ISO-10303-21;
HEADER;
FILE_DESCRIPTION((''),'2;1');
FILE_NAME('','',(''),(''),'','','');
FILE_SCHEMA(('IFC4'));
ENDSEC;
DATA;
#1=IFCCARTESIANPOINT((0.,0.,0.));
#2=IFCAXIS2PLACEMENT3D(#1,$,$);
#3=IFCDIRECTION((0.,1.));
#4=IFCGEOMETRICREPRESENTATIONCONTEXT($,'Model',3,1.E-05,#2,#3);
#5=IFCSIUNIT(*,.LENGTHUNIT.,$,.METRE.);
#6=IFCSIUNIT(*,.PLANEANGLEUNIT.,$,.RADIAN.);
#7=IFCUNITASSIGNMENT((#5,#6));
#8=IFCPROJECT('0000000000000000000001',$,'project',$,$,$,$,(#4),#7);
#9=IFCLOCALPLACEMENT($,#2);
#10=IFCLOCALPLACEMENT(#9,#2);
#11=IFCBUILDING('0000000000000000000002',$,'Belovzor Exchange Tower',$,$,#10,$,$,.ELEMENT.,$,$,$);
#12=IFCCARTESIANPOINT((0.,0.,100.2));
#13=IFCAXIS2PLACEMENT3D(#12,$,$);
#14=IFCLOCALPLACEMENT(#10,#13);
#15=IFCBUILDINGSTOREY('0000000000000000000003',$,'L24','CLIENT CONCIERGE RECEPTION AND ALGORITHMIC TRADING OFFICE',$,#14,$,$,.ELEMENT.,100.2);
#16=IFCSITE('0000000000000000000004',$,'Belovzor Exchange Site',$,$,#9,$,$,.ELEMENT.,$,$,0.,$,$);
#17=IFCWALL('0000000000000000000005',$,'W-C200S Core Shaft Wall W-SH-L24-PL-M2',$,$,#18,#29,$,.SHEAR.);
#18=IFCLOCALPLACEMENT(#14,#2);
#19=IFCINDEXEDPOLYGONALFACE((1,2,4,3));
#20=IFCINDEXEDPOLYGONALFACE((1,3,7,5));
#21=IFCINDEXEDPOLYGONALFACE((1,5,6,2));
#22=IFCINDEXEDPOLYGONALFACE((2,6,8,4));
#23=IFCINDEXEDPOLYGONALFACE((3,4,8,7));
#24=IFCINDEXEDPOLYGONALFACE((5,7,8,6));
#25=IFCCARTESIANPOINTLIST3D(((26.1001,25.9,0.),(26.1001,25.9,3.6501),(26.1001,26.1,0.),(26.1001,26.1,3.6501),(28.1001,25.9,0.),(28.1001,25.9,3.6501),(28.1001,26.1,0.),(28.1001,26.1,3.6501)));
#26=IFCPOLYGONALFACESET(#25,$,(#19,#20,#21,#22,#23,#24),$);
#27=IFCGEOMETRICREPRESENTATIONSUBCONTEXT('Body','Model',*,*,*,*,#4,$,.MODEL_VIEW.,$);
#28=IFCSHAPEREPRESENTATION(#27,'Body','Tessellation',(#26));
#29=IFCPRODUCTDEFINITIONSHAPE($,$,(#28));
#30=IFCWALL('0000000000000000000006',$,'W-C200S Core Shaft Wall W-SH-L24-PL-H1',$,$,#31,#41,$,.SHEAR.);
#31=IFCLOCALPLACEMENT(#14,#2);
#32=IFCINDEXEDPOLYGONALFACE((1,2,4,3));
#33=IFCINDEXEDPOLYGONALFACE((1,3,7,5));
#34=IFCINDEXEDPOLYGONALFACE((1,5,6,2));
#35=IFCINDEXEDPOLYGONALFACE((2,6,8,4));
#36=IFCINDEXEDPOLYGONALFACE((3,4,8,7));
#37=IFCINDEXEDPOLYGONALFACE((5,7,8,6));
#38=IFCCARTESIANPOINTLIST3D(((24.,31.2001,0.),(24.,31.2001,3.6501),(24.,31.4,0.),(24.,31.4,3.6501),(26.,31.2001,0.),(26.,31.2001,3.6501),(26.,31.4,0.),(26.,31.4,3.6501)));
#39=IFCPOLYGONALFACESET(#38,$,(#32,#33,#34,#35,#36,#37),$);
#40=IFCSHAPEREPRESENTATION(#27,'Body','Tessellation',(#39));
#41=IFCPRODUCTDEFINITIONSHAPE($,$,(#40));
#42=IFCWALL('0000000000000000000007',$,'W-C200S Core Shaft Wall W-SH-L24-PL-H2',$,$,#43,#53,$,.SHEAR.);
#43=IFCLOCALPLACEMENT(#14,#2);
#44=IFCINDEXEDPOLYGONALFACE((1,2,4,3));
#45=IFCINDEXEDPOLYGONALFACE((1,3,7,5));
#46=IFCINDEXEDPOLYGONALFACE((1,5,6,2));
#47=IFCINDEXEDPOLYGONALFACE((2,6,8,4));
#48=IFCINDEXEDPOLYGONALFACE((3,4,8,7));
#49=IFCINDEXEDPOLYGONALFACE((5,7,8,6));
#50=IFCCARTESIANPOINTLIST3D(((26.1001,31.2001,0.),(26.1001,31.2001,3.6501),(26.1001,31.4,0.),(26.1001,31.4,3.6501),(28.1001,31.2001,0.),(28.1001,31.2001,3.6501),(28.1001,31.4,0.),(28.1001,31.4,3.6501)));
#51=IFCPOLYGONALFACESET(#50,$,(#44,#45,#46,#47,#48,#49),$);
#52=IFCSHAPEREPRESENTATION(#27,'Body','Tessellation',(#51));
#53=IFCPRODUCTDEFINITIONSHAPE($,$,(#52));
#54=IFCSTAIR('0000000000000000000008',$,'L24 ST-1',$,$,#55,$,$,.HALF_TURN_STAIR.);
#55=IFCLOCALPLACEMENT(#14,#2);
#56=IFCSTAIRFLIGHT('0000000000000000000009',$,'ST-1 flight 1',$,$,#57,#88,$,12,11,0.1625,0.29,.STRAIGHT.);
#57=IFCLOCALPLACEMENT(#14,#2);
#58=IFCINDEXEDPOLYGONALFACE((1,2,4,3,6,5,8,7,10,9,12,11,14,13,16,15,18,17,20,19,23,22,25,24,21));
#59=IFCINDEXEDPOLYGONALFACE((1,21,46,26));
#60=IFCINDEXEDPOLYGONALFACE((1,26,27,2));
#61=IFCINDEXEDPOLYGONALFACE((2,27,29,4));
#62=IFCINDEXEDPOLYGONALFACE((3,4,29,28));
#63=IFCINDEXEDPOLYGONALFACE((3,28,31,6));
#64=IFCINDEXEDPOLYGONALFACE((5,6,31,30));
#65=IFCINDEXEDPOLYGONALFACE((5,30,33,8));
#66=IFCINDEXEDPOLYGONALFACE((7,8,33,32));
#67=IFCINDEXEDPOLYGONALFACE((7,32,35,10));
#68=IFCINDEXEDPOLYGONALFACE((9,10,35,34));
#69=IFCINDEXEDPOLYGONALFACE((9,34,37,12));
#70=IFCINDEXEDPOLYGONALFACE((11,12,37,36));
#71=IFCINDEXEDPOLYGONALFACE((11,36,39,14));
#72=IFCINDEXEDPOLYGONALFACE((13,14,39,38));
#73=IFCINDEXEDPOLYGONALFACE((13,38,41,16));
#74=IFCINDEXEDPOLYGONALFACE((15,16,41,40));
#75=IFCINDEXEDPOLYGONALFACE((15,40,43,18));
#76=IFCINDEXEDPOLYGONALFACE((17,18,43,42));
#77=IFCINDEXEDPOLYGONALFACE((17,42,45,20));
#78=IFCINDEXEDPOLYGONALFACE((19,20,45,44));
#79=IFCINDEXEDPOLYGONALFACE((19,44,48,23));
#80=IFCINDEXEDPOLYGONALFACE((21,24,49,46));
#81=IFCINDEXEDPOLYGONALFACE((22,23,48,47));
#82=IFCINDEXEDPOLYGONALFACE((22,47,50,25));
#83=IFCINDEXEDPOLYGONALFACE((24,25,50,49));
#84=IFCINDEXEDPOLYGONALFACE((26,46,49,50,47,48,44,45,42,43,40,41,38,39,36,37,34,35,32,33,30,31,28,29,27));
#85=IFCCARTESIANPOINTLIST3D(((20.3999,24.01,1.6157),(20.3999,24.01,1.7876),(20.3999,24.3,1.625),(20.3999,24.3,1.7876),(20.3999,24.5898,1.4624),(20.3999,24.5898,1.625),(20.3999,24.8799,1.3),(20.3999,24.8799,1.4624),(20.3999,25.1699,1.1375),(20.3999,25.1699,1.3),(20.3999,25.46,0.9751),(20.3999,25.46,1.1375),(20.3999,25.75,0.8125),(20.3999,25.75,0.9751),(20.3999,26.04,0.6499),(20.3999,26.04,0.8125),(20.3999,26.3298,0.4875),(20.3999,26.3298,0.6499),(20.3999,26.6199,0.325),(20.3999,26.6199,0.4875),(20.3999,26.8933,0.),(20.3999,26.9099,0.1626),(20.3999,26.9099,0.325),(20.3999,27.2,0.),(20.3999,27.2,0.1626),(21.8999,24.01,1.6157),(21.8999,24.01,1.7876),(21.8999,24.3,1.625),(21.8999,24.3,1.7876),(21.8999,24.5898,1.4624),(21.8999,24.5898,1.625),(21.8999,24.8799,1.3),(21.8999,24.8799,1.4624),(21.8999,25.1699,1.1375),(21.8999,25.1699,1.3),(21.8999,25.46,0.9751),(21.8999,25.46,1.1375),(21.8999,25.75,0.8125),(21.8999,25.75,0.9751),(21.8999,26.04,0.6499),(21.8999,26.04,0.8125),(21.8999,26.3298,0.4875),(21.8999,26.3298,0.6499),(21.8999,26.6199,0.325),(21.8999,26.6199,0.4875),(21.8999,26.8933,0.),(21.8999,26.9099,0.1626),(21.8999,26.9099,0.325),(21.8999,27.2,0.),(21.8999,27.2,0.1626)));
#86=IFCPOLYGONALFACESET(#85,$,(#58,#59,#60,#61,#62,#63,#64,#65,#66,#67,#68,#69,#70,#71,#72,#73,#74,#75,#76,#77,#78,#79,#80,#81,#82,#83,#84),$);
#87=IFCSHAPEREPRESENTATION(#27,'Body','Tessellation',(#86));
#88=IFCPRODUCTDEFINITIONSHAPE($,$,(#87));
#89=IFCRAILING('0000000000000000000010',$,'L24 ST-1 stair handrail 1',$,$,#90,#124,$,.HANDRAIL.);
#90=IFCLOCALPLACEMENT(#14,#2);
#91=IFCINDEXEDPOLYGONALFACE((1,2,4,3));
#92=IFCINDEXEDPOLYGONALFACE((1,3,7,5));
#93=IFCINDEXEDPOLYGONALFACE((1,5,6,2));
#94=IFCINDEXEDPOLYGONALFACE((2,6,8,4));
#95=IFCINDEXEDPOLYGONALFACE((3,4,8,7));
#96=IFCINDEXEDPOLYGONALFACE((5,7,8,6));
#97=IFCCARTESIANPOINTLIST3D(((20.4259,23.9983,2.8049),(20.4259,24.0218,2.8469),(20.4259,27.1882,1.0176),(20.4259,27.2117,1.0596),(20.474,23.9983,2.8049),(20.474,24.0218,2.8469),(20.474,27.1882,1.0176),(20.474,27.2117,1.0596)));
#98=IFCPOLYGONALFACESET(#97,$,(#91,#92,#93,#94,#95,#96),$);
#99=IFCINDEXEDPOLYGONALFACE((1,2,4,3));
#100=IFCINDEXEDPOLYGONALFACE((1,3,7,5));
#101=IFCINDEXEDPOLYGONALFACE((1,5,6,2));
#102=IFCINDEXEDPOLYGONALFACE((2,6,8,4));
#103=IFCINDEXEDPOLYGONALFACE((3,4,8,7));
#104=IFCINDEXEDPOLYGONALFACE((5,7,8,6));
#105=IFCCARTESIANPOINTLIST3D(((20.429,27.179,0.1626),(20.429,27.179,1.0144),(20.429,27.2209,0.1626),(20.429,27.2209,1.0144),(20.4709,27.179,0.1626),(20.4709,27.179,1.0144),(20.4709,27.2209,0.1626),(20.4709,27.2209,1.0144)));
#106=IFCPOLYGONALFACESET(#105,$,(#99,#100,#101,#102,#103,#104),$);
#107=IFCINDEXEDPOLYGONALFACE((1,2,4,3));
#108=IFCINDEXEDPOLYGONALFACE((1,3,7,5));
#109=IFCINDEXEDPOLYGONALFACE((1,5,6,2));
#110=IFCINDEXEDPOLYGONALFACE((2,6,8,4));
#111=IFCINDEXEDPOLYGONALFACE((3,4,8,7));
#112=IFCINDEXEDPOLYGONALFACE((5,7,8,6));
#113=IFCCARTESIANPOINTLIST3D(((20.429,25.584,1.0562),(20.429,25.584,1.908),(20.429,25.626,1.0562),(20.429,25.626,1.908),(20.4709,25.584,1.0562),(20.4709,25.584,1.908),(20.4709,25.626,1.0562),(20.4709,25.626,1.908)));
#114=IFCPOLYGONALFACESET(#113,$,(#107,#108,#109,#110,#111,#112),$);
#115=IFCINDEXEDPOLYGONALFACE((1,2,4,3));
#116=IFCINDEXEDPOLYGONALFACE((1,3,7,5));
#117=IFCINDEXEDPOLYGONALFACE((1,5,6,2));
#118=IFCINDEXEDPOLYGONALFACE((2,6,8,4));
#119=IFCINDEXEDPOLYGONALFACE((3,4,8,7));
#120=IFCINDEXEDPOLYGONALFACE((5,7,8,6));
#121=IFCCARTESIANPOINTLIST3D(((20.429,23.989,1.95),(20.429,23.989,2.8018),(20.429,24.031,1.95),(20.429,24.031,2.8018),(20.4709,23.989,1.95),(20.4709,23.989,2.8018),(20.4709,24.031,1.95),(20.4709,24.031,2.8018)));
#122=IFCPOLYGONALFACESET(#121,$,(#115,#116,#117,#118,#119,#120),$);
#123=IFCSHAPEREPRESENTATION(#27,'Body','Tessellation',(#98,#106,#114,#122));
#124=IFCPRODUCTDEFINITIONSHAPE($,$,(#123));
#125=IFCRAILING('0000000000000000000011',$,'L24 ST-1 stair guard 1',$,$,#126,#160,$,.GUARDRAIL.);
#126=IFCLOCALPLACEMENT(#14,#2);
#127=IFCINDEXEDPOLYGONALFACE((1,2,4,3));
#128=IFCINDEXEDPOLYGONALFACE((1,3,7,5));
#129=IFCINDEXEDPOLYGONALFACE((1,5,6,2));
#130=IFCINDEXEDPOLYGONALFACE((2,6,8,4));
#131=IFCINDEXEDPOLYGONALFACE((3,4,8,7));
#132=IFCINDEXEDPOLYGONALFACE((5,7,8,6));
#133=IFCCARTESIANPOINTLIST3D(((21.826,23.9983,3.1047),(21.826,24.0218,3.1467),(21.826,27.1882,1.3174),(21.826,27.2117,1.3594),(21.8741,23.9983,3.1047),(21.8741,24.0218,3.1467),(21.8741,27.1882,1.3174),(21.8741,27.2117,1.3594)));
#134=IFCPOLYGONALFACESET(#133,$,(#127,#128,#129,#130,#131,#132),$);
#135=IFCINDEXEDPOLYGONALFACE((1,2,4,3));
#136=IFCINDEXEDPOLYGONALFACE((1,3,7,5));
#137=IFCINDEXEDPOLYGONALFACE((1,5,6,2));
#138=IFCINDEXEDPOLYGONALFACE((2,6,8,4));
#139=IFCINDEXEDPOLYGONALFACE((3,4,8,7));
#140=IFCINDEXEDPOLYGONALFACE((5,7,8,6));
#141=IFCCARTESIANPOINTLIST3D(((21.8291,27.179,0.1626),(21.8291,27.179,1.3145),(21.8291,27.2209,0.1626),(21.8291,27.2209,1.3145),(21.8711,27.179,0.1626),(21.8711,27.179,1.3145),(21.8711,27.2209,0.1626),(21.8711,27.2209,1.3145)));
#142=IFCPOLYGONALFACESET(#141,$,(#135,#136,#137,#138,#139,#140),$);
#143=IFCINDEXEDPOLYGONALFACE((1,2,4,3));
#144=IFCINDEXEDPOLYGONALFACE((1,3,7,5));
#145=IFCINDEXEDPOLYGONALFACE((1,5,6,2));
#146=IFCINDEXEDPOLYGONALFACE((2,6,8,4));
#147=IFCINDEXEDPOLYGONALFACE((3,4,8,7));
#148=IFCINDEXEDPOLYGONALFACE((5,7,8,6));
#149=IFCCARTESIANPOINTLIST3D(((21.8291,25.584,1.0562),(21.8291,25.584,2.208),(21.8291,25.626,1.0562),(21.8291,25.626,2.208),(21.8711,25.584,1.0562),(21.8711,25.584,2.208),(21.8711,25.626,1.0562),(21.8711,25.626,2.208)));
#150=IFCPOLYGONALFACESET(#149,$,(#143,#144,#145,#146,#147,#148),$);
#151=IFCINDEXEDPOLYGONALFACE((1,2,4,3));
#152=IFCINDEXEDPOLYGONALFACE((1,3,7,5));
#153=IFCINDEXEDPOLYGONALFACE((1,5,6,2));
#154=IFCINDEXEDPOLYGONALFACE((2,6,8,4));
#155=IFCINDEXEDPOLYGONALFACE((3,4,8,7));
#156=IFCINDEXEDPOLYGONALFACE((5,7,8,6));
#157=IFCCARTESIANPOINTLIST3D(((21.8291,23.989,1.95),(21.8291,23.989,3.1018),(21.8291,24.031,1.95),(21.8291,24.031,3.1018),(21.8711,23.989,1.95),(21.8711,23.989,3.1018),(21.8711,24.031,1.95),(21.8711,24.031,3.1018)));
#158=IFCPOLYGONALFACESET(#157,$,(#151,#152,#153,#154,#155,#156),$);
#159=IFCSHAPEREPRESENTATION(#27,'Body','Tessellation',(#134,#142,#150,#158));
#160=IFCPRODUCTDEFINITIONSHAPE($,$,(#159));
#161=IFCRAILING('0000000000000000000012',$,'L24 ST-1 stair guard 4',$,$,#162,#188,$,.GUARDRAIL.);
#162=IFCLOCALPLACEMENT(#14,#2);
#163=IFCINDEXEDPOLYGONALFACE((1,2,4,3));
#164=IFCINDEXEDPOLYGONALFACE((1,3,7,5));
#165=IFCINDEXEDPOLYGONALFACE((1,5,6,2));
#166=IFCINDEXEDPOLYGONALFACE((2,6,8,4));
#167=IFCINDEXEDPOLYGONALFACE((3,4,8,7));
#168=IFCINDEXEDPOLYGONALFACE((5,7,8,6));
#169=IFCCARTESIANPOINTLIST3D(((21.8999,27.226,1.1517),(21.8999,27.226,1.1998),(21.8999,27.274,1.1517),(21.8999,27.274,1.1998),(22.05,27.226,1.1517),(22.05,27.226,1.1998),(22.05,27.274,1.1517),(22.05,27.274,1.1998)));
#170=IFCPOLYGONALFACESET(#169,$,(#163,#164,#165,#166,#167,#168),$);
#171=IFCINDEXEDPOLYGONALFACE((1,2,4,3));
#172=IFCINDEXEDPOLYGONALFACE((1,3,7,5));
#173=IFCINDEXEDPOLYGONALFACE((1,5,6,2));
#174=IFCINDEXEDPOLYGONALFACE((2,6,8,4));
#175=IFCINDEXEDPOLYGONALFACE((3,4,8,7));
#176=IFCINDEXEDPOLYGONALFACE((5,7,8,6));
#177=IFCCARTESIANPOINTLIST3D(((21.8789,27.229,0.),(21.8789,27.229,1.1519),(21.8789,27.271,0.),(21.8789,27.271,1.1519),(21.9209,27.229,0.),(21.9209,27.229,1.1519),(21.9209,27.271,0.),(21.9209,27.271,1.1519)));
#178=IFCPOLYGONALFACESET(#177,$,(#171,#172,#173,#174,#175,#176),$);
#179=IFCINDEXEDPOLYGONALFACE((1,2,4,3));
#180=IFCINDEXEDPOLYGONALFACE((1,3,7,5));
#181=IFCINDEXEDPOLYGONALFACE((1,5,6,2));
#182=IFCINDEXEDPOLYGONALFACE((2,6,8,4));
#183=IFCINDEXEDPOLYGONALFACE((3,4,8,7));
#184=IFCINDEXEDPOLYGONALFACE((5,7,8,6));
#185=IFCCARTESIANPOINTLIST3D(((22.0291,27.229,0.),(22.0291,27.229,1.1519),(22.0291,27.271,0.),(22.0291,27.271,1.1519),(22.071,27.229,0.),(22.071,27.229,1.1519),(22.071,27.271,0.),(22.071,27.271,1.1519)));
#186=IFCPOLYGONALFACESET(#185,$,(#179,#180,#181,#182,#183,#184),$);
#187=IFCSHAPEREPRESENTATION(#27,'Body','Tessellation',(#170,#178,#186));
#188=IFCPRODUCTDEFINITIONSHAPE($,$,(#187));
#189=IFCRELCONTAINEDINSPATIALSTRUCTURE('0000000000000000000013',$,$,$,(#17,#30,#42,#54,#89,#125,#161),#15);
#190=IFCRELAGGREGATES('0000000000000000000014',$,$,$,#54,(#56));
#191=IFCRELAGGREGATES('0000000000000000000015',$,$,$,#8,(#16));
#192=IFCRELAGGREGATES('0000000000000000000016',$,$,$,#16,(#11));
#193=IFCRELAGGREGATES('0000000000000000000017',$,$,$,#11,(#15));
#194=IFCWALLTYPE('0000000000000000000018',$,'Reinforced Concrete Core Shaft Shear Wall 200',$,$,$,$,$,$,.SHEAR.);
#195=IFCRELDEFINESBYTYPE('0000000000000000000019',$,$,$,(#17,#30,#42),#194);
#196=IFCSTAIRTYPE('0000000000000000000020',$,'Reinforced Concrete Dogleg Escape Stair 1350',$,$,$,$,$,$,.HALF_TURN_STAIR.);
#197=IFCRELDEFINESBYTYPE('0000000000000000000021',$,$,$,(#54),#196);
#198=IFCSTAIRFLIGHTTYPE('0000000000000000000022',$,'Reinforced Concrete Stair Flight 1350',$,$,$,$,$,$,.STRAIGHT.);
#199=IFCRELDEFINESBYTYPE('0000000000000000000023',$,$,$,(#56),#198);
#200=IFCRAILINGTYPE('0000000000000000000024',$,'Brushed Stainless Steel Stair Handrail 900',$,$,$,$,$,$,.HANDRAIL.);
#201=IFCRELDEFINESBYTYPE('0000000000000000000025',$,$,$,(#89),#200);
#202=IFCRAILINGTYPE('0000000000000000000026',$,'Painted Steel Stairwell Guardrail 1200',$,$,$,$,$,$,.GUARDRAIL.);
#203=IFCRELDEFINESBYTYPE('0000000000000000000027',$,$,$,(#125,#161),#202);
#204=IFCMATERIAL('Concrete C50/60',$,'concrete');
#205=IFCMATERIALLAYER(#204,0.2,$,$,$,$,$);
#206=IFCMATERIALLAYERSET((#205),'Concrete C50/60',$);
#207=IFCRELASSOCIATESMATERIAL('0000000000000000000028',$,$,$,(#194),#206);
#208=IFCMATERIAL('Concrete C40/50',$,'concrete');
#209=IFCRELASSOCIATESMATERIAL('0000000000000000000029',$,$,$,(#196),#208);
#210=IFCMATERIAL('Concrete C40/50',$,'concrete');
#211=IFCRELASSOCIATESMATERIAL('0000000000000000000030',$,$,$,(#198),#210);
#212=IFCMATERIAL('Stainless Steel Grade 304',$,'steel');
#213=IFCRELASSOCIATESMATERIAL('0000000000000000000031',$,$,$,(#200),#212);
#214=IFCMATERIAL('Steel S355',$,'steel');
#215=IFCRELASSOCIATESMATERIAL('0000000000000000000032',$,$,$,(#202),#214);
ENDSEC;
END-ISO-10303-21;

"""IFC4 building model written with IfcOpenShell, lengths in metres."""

from ifc_helpers import new_model, si_unit, direction, frame, frame_2d, origin, origin_2d, place, context, subcontext, project, spatial, polyline, rectangle, outline, extrude, material, layer, layer_set, type_object, element, aggregate, save


model = new_model("IFC4")

# Units and contexts
model_context = context("Model", 3, precision=1e-05, world=origin(), true_north=direction((0.0, 1.0)))
body_context = subcontext(model_context, "Body", "Model", "MODEL_VIEW")
ifc_project = project(units=[si_unit("LENGTHUNIT", "METRE"), si_unit("PLANEANGLEUNIT", "RADIAN")], contexts=[model_context])

# Site, building, storey
site_placement = place(None, origin())
site = spatial("IfcSite", under=ifc_project, at=site_placement, Name="Belovzor Exchange Site", CompositionType="ELEMENT", RefElevation=0.0)
building_placement = place(site_placement, origin())
building = spatial("IfcBuilding", under=site, at=building_placement, Name="Belovzor Exchange Tower", CompositionType="ELEMENT")
storey_placement = place(building_placement, frame((0.0, 0.0, 100.2)))
storey = spatial("IfcBuildingStorey", under=building, at=storey_placement, Name="L24", Description="CLIENT CONCIERGE RECEPTION AND ALGORITHMIC TRADING OFFICE", CompositionType="ELEMENT", Elevation=100.2)

# Shared definitions
ifc_material_1 = material(Name="Concrete C50/60", Category="concrete")
ifc_layer_1 = layer(ifc_material_1, 0.2)
ifc_layer_set_1 = layer_set([ifc_layer_1], Name="Concrete C50/60")
wall_type_1 = type_object("IfcWallType", Name="Reinforced Concrete Core Shaft Shear Wall 200", PredefinedType="SHEAR", material=ifc_layer_set_1)

# Walls
for number, where, z_axis, x_axis, name in (
    (1, (26.1001, 26.0, 0.0), (0.0, 0.0, 1.0), (1.0, 0.0, 0.0), "W-C200S Core Shaft Wall W-SH-L24-PL-M2"),
    (2, (24.0, 31.3, 0.0), (0.0, 0.0, 1.0), (1.0, 0.0, 0.0), "W-C200S Core Shaft Wall W-SH-L24-PL-H1"),
    (3, (26.1001, 31.3, 0.0), (0.0, 0.0, 1.0), (1.0, 0.0, 0.0), "W-C200S Core Shaft Wall W-SH-L24-PL-H2"),
):
    element("IfcWall", number, at=place(storey_placement, frame(where, z_axis=z_axis, x_axis=x_axis)), inside=storey, type_object=wall_type_1, Name=name, PredefinedType="SHEAR", context=body_context, shape_type="SweptSolid", body=[
        extrude(rectangle(XDim=2.0, YDim=0.2, at=frame_2d((1.0, 0.0))), origin(), (0.0, 0.0, 1.0), 3.6501),
    ])

# Stair, stair flight
ifc_material_2 = material(Name="Concrete C40/50", Category="concrete")
stair_type = type_object("IfcStairType", Name="Reinforced Concrete Dogleg Escape Stair 1350", PredefinedType="HALF_TURN_STAIR", material=ifc_material_2)
stair_placement = place(storey_placement, origin())
stair = element("IfcStair", 4, at=stair_placement, inside=storey, type_object=stair_type, Name="L24 ST-1", PredefinedType="HALF_TURN_STAIR")
ifc_material_3 = material(Name="Concrete C40/50", Category="concrete")
stair_flight_type = type_object("IfcStairFlightType", Name="Reinforced Concrete Stair Flight 1350", PredefinedType="STRAIGHT", material=ifc_material_3)
stair_flight_placement = place(storey_placement, frame((21.1499, 27.2, 0.0), z_axis=(0.0, 0.0, 1.0), x_axis=(0.0, -1.0, 0.0)))
stair_flight = element("IfcStairFlight", 5, at=stair_flight_placement, type_object=stair_flight_type, Name="ST-1 flight 1", NumberOfRisers=12, NumberOfTreads=11, PredefinedType="STRAIGHT", RiserHeight=0.1625, TreadLength=0.29, context=body_context, shape_type="SweptSolid", body=[
    extrude(outline(polyline([(0.0, 0.0), (0.0, 0.1626), (0.29, 0.1626), (0.29, 0.325), (0.5801, 0.325), (0.5801, 0.4875), (0.8701, 0.4875), (0.8701, 0.6499), (1.1599, 0.6499), (1.1599, 0.8125), (1.45, 0.8125), (1.45, 0.9751), (1.74, 0.9751), (1.74, 1.1375), (2.03, 1.1375), (2.03, 1.3), (2.3201, 1.3), (2.3201, 1.4624), (2.6101, 1.4624), (2.6101, 1.625), (2.8999, 1.625), (2.8999, 1.7876), (3.1899, 1.7876), (3.1899, 1.95), (3.1899, 1.6157), (0.3066, 0.0), (0.0, 0.0)])), frame((0.0, 0.75, 0.0), z_axis=(0.0, -1.0, 0.0), x_axis=(1.0, 0.0, 0.0)), (0.0, 0.0, 1.0), 1.5),
])
aggregate(stair, [stair_flight])

# Railings
ifc_material_4 = material(Name="Stainless Steel Grade 304", Category="steel")
railing_type_1 = type_object("IfcRailingType", Name="Brushed Stainless Steel Stair Handrail 900", PredefinedType="HANDRAIL", material=ifc_material_4)
railing_1_placement = place(storey_placement, frame((20.45, 27.2, 0.1626)))
element("IfcRailing", 6, at=railing_1_placement, inside=storey, type_object=railing_type_1, Name="L24 ST-1 stair handrail 1", PredefinedType="HANDRAIL", context=body_context, shape_type="SweptSolid", body=[
    extrude(rectangle(XDim=0.0481, YDim=0.0481, at=origin_2d()), frame((0.0, 0.0, 0.876), z_axis=(0.0, -0.872391, 0.488809), x_axis=(1.0, 0.0, 0.0)), (0.0, 0.0, 1.0), 3.6565),
    extrude(rectangle(XDim=0.042, YDim=0.042, at=origin_2d()), origin(), (0.0, 0.0, 1.0), 0.8518),
    extrude(rectangle(XDim=0.042, YDim=0.042, at=origin_2d()), frame((0.0, -1.595, 0.8936)), (0.0, 0.0, 1.0), 0.8518),
    extrude(rectangle(XDim=0.042, YDim=0.042, at=origin_2d()), frame((0.0, -3.1899, 1.7874)), (0.0, 0.0, 1.0), 0.8518),
])
ifc_material_5 = material(Name="Steel S355", Category="steel")
railing_type_2 = type_object("IfcRailingType", Name="Painted Steel Stairwell Guardrail 1200", PredefinedType="GUARDRAIL", material=ifc_material_5)
railing_2_placement = place(storey_placement, frame((21.8501, 27.2, 0.1626)))
element("IfcRailing", 7, at=railing_2_placement, inside=storey, type_object=railing_type_2, Name="L24 ST-1 stair guard 1", PredefinedType="GUARDRAIL", context=body_context, shape_type="SweptSolid", body=[
    extrude(rectangle(XDim=0.0481, YDim=0.0481, at=origin_2d()), frame((0.0, 0.0, 1.1758), z_axis=(0.0, -0.872391, 0.488809), x_axis=(1.0, 0.0, 0.0)), (0.0, 0.0, 1.0), 3.6565),
    extrude(rectangle(XDim=0.042, YDim=0.042, at=origin_2d()), origin(), (0.0, 0.0, 1.0), 1.1519),
    extrude(rectangle(XDim=0.042, YDim=0.042, at=origin_2d()), frame((0.0, -1.595, 0.8936)), (0.0, 0.0, 1.0), 1.1519),
    extrude(rectangle(XDim=0.042, YDim=0.042, at=origin_2d()), frame((0.0, -3.1899, 1.7874)), (0.0, 0.0, 1.0), 1.1519),
])
railing_3_placement = place(storey_placement, frame((21.8999, 27.25, 0.0)))
element("IfcRailing", 8, at=railing_3_placement, inside=storey, type_object=railing_type_2, Name="L24 ST-1 stair guard 4", PredefinedType="GUARDRAIL", context=body_context, shape_type="SweptSolid", body=[
    extrude(rectangle(XDim=0.0481, YDim=0.0481, at=origin_2d()), frame((0.0, 0.0, 1.1758), z_axis=(1.0, 0.0, 0.0), x_axis=(0.0, 1.0, 0.0)), (0.0, 0.0, 1.0), 0.1501),
    extrude(rectangle(XDim=0.042, YDim=0.042, at=origin_2d()), origin(), (0.0, 0.0, 1.0), 1.1519),
    extrude(rectangle(XDim=0.042, YDim=0.042, at=origin_2d()), frame((0.1501, 0.0, 0.0)), (0.0, 0.0, 1.0), 1.1519),
])

save(model, "model.ifc")
